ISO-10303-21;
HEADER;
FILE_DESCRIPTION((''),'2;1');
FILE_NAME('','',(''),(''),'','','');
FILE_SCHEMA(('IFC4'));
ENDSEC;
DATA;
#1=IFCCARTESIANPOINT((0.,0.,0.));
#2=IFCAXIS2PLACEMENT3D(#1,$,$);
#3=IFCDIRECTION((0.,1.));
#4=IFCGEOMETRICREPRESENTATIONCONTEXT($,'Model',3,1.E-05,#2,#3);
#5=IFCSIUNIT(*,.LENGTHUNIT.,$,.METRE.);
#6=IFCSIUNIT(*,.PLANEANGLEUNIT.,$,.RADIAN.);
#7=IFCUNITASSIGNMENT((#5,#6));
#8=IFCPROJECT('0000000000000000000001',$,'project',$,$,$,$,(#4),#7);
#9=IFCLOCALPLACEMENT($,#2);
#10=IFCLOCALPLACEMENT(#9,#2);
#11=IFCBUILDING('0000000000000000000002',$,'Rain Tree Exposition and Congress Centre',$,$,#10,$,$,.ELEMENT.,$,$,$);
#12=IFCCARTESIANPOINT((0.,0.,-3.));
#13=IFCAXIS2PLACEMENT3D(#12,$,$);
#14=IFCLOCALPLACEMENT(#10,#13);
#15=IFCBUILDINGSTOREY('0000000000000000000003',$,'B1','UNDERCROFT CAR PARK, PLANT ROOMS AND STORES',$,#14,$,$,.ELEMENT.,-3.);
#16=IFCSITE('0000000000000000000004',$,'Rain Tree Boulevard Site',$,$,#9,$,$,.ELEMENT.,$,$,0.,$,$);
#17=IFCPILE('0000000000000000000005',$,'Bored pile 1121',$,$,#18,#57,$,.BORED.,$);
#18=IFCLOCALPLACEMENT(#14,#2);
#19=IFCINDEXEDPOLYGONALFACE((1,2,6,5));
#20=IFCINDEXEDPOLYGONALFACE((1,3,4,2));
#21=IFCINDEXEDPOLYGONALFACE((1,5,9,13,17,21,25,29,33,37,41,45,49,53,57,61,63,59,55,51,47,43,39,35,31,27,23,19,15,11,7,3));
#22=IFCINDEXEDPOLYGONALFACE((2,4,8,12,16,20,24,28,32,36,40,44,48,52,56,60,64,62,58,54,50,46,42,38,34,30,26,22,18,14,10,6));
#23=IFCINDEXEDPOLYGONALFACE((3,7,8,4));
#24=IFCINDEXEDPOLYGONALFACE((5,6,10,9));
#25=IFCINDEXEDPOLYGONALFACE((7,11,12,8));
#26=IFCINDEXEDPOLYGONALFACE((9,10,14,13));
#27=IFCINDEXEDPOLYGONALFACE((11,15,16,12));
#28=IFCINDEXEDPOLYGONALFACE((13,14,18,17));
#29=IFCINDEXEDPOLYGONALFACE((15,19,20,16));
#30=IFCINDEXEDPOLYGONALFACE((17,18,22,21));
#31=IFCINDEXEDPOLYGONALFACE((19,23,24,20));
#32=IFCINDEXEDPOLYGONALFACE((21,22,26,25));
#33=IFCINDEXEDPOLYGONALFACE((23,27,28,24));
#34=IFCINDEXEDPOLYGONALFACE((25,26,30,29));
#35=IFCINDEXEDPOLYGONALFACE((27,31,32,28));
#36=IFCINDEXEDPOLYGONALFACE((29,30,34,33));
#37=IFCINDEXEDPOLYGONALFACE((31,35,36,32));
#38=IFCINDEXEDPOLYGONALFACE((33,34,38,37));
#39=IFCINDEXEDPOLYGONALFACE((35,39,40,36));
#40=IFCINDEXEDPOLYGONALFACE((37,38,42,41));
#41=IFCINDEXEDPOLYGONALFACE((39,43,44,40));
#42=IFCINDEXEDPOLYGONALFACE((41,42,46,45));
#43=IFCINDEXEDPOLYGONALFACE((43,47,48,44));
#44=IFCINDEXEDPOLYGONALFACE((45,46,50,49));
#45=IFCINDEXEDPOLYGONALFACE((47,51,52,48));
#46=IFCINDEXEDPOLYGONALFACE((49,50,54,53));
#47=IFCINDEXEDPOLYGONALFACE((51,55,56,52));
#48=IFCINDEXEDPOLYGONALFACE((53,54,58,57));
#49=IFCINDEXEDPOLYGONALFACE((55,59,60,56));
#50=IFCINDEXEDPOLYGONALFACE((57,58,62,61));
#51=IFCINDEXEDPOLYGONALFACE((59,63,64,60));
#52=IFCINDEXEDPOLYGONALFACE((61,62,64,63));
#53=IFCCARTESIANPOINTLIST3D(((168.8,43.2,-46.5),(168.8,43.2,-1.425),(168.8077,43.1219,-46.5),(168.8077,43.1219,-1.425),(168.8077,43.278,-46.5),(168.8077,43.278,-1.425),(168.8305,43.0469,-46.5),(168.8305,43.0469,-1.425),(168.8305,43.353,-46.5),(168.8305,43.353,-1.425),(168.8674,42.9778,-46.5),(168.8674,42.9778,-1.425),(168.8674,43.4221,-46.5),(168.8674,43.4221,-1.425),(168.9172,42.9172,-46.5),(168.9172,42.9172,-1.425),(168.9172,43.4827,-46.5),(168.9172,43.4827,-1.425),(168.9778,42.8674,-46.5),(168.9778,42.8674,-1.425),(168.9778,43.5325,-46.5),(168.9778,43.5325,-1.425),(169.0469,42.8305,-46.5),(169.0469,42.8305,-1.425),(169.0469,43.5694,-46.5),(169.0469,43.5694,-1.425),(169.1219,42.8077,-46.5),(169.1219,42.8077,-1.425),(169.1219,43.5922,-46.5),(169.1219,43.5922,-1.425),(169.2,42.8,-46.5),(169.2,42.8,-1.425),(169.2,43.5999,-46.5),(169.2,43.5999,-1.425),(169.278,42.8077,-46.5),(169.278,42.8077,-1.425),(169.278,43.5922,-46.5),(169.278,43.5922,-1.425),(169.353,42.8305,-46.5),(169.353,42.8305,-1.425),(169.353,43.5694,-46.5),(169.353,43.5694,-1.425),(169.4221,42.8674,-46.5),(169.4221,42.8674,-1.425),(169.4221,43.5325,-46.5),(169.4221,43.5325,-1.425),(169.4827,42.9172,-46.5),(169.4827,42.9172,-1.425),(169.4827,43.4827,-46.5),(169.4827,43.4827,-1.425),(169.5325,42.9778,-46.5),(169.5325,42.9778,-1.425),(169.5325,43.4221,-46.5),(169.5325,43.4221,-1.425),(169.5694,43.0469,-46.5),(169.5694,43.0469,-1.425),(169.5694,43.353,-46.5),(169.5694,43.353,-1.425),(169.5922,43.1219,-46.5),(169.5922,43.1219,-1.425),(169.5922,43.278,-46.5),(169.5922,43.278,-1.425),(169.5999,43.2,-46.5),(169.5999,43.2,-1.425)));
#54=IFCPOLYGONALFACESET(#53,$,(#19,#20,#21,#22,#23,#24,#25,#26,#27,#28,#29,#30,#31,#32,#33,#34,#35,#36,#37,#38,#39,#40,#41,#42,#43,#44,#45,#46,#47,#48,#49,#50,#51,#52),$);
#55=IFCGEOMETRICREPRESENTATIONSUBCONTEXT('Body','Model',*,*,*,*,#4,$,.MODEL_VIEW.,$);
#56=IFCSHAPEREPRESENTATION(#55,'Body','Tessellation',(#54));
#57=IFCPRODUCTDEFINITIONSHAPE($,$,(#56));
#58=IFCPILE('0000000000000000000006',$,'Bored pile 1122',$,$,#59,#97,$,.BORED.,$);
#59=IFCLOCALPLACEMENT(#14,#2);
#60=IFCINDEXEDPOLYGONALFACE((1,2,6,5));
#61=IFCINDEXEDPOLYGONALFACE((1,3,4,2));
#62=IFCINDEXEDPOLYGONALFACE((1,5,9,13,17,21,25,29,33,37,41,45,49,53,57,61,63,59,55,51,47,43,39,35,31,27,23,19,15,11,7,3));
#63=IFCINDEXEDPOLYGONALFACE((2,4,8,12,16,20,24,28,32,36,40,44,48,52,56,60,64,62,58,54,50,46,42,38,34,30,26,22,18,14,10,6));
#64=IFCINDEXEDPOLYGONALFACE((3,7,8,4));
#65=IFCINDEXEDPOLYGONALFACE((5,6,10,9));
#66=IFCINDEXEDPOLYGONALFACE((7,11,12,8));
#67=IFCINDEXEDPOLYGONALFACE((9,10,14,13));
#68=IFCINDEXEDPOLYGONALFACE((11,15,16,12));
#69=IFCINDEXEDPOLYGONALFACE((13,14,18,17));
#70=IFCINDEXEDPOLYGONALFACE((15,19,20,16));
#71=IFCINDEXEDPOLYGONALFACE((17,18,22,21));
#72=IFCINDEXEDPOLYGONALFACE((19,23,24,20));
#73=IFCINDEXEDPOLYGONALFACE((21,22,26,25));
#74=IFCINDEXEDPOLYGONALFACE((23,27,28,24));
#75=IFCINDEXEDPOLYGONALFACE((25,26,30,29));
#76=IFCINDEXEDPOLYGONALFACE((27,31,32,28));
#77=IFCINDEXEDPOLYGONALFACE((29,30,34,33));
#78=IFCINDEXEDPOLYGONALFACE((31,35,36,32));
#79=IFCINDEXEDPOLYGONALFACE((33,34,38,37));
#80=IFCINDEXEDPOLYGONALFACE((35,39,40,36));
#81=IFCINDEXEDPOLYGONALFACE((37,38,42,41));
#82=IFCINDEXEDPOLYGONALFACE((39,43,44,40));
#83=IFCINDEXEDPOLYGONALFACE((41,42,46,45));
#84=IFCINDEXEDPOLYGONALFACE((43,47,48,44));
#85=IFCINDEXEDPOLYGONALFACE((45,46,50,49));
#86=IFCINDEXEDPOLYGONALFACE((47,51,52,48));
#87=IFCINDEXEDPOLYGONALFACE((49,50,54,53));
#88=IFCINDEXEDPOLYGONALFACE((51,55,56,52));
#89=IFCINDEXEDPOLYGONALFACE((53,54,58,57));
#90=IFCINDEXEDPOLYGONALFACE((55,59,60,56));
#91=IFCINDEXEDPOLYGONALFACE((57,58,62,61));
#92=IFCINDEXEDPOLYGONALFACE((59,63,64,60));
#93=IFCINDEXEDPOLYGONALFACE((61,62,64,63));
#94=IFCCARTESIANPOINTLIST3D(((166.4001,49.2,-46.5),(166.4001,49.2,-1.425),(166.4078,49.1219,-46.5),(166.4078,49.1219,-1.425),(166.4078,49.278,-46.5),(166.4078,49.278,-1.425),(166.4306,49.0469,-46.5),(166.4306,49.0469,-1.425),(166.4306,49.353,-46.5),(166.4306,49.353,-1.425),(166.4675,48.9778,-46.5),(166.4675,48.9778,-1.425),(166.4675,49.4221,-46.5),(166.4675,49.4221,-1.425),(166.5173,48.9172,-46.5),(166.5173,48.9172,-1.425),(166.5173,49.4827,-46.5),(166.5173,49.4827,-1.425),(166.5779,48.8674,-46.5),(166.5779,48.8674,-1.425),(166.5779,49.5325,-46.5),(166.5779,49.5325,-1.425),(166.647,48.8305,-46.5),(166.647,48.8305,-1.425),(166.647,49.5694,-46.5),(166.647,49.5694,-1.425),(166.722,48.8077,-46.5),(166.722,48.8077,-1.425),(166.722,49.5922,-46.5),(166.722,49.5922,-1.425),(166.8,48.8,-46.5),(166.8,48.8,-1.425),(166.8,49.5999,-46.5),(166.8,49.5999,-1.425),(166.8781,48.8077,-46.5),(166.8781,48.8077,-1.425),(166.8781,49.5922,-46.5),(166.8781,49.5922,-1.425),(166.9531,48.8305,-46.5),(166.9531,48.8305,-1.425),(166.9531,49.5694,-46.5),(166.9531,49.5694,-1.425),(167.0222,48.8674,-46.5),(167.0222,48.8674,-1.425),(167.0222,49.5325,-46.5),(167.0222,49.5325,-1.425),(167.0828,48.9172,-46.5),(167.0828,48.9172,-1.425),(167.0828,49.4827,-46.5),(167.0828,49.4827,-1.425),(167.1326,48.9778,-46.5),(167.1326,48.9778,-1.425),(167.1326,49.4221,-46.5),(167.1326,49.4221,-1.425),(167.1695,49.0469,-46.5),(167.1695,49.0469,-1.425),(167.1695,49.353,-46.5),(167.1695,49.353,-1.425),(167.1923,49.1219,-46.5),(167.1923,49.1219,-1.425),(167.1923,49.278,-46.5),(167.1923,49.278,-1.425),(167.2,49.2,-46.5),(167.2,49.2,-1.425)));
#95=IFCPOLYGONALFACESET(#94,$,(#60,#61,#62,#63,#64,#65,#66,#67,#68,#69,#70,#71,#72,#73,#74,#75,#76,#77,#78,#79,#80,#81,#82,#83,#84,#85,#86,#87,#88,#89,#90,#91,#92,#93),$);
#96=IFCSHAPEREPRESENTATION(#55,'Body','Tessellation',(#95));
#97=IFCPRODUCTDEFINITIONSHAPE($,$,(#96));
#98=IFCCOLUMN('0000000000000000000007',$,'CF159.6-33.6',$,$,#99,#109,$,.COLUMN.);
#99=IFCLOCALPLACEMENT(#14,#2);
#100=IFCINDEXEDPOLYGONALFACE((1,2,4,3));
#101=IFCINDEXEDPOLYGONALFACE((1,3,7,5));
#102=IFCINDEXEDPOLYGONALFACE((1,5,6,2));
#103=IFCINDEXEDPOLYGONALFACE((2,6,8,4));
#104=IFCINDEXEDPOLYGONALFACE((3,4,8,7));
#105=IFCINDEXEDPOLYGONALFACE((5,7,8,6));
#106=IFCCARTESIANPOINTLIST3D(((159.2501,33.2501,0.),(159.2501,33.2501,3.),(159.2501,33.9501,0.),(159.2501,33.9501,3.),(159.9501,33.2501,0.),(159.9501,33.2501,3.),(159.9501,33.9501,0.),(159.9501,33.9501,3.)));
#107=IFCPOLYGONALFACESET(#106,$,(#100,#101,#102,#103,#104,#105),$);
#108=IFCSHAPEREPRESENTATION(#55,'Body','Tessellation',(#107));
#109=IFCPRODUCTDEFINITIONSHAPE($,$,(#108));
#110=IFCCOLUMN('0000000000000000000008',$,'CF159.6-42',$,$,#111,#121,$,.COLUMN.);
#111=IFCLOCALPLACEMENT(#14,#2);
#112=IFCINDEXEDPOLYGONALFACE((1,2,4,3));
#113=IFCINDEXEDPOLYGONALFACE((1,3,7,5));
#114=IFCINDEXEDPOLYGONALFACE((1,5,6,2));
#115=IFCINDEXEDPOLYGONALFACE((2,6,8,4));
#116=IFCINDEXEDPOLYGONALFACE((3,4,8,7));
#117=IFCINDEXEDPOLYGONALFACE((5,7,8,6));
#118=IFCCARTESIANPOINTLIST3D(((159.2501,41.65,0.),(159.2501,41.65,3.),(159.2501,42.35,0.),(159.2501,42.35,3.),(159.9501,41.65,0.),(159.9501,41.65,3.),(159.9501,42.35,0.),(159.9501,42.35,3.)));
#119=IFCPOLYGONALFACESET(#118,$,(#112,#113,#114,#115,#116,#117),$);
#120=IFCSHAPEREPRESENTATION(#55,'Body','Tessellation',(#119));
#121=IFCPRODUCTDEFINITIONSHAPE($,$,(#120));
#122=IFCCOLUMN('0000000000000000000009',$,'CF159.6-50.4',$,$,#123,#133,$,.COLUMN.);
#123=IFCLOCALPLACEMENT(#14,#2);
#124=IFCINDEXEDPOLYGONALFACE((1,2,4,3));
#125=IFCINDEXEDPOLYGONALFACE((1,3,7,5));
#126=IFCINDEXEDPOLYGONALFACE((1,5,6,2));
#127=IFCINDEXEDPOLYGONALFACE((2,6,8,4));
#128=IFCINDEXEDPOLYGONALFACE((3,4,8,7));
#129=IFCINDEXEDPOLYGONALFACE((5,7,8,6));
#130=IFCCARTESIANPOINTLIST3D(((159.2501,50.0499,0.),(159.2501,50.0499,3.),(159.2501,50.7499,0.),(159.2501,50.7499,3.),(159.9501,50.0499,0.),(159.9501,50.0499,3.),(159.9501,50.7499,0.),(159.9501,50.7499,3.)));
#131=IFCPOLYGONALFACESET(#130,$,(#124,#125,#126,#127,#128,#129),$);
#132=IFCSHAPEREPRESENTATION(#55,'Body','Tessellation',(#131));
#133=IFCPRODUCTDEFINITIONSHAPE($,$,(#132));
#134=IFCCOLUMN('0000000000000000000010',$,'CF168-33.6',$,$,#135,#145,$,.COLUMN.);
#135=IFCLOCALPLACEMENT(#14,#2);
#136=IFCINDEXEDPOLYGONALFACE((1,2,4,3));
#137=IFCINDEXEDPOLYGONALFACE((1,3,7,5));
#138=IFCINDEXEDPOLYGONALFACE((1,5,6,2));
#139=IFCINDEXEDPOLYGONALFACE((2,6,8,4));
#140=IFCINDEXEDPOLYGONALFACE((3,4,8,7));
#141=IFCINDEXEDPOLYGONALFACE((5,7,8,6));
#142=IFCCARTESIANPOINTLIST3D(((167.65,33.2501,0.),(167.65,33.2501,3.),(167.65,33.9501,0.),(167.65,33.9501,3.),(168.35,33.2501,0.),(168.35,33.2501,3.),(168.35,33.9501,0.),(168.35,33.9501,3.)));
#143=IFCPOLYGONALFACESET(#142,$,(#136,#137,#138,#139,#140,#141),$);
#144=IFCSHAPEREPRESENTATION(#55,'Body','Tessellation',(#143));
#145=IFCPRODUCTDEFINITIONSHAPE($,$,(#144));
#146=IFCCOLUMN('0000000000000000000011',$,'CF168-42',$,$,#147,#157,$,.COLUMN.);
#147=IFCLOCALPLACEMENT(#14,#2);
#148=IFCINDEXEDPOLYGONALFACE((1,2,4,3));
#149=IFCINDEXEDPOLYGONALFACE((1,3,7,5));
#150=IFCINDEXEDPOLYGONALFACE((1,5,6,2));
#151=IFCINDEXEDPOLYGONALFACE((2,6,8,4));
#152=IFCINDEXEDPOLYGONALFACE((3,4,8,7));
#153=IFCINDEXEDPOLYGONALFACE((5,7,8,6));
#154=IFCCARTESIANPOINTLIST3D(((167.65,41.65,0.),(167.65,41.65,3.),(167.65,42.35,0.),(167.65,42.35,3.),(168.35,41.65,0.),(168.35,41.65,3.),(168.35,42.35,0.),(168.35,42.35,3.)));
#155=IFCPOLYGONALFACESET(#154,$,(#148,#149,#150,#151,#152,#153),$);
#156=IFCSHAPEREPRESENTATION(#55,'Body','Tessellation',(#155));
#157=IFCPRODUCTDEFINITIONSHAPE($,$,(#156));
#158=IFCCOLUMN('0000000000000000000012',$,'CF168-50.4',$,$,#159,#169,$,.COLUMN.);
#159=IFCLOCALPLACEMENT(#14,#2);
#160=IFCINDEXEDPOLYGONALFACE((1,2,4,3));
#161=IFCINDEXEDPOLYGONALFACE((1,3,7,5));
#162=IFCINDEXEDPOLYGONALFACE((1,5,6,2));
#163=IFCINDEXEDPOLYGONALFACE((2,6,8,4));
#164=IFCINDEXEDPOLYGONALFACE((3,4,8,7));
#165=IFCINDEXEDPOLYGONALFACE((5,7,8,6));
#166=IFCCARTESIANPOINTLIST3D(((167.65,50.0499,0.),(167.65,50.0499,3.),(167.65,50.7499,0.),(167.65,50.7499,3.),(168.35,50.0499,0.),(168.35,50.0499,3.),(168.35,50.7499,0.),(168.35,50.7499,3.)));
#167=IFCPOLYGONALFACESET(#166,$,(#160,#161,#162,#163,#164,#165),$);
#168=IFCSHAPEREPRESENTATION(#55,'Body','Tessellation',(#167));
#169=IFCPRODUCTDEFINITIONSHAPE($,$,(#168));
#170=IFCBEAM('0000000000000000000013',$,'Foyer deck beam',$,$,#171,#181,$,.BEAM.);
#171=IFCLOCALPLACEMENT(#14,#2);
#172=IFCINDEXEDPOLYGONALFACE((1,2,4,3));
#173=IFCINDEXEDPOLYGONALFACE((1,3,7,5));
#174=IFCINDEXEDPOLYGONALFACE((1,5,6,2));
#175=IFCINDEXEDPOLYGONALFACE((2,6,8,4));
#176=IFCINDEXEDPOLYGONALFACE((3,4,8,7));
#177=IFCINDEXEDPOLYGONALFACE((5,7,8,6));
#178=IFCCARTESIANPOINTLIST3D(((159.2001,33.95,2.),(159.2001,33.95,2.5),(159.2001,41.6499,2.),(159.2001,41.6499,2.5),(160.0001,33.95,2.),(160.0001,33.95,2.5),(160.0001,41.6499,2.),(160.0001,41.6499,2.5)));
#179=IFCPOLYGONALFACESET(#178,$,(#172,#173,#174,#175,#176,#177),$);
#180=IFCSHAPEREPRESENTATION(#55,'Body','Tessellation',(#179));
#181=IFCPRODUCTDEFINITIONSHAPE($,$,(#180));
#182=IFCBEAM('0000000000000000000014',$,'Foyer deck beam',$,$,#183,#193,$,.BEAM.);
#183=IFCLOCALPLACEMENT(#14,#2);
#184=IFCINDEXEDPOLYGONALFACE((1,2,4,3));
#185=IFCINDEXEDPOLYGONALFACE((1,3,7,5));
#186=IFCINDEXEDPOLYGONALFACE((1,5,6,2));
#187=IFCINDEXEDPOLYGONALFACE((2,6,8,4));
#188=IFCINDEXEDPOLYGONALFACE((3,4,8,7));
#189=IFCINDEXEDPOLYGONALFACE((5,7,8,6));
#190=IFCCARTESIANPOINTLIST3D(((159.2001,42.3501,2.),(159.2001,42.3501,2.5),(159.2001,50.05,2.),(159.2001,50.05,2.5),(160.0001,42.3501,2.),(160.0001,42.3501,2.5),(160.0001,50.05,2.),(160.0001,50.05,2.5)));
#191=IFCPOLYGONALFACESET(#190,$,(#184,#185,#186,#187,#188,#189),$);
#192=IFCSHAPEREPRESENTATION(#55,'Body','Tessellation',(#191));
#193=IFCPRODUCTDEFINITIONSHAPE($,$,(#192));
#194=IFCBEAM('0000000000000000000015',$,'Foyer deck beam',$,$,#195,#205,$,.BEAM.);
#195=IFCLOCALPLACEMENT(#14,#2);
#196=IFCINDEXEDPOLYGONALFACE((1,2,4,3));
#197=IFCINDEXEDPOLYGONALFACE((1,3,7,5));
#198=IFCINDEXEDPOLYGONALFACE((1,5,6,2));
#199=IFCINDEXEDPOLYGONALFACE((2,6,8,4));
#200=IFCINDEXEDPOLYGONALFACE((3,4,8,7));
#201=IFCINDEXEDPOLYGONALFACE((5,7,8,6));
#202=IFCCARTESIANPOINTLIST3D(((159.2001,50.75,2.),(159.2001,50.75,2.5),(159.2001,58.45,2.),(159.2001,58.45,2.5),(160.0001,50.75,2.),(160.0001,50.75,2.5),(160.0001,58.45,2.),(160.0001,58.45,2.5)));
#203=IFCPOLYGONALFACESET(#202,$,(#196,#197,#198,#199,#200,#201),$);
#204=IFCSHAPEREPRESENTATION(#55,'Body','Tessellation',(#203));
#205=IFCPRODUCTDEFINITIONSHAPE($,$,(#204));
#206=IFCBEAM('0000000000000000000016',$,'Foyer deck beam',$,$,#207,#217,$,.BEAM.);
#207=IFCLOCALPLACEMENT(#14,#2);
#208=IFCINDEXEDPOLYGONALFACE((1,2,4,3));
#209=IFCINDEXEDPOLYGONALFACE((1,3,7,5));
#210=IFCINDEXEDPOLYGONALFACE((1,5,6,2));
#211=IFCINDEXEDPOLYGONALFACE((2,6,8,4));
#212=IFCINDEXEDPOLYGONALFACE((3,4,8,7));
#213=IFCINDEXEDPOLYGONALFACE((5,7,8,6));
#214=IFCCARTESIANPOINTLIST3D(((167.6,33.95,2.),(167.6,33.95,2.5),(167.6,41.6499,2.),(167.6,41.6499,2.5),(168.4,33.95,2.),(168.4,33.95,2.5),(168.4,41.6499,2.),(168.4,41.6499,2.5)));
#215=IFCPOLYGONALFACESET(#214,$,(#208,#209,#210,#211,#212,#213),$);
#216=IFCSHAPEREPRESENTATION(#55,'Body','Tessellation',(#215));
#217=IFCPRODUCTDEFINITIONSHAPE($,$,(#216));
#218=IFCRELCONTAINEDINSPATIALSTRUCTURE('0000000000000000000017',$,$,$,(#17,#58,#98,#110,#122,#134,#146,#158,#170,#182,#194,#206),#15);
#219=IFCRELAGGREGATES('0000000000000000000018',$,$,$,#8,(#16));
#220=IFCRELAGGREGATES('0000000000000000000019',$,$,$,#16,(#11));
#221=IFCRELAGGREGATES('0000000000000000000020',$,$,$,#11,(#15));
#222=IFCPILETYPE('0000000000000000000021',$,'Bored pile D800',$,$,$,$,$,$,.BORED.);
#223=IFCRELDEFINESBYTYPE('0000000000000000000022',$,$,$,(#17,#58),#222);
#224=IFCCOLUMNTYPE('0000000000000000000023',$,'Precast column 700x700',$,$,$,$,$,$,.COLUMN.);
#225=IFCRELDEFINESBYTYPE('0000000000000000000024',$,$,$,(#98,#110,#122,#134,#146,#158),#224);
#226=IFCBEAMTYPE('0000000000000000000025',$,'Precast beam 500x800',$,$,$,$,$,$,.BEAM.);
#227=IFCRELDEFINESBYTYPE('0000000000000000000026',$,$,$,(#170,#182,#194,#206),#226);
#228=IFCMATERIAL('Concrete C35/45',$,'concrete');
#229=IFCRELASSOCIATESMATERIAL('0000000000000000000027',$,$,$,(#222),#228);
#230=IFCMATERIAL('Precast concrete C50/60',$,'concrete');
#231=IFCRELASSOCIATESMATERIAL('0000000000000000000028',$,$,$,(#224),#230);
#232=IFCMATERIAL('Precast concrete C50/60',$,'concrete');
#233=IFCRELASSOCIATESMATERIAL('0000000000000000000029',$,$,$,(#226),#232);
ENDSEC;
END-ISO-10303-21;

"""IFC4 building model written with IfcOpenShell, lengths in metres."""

from ifc_helpers import new_model, si_unit, direction, frame, origin, origin_2d, place, context, subcontext, project, spatial, rectangle, circle, extrude, material, material_profile, profile_set, type_object, element, save


model = new_model("IFC4")

# Units and contexts
model_context = context("Model", 3, precision=1e-05, world=origin(), true_north=direction((0.0, 1.0)))
body_context = subcontext(model_context, "Body", "Model", "MODEL_VIEW")
ifc_project = project(units=[si_unit("LENGTHUNIT", "METRE"), si_unit("PLANEANGLEUNIT", "RADIAN")], contexts=[model_context])

# Site, building, storey
site_placement = place(None, origin())
site = spatial("IfcSite", under=ifc_project, at=site_placement, Name="Rain Tree Boulevard Site", CompositionType="ELEMENT", RefElevation=0.0)
building_placement = place(site_placement, origin())
building = spatial("IfcBuilding", under=site, at=building_placement, Name="Rain Tree Exposition and Congress Centre", CompositionType="ELEMENT")
storey_placement = place(building_placement, frame((0.0, 0.0, -3.0)))
storey = spatial("IfcBuildingStorey", under=building, at=storey_placement, Name="B1", Description="UNDERCROFT CAR PARK, PLANT ROOMS AND STORES", CompositionType="ELEMENT", Elevation=-3.0)

# Piles
ifc_material_1 = material(Name="Concrete C35/45", Category="concrete")
ifc_material_profile_1 = material_profile(ifc_material_1, circle(Radius=0.3999, at=origin_2d()), Name="D800")
ifc_profile_set_1 = profile_set([ifc_material_profile_1], Name="Concrete C35/45")
pile_type_1 = type_object("IfcPileType", Name="Bored pile D800", PredefinedType="BORED", material=ifc_profile_set_1)
for number, where, z_axis, x_axis, name in (
    (1, (169.2, 43.2, -1.425), (0.0, 0.0, -1.0), (1.0, 0.0, 0.0), "Bored pile 1121"),
    (2, (166.8, 49.2, -1.425), (0.0, 0.0, -1.0), (1.0, 0.0, 0.0), "Bored pile 1122"),
):
    element("IfcPile", number, at=place(storey_placement, frame(where, z_axis=z_axis, x_axis=x_axis)), inside=storey, type_object=pile_type_1, Name=name, PredefinedType="BORED", context=body_context, shape_type="SweptSolid", body=[
        extrude(circle(Radius=0.3999, at=origin_2d()), origin(), (0.0, 0.0, 1.0), 45.075),
    ])

# Columns
ifc_material_2 = material(Name="Precast concrete C50/60", Category="concrete")
ifc_material_profile_2 = material_profile(ifc_material_2, rectangle(XDim=0.7, YDim=0.7, at=origin_2d()), Name="RC 700x700")
ifc_profile_set_2 = profile_set([ifc_material_profile_2], Name="Precast concrete C50/60")
column_type = type_object("IfcColumnType", Name="Precast column 700x700", PredefinedType="COLUMN", material=ifc_profile_set_2)
for number, where, z_axis, x_axis, name in (
    (3, (159.6001, 33.6001, 0.0), (0.0, 0.0, 1.0), (1.0, 0.0, 0.0), "CF159.6-33.6"),
    (4, (159.6001, 42.0, 0.0), (0.0, 0.0, 1.0), (1.0, 0.0, 0.0), "CF159.6-42"),
    (5, (159.6001, 50.3999, 0.0), (0.0, 0.0, 1.0), (1.0, 0.0, 0.0), "CF159.6-50.4"),
    (6, (168.0, 33.6001, 0.0), (0.0, 0.0, 1.0), (1.0, 0.0, 0.0), "CF168-33.6"),
    (7, (168.0, 42.0, 0.0), (0.0, 0.0, 1.0), (1.0, 0.0, 0.0), "CF168-42"),
    (8, (168.0, 50.3999, 0.0), (0.0, 0.0, 1.0), (1.0, 0.0, 0.0), "CF168-50.4"),
):
    element("IfcColumn", number, at=place(storey_placement, frame(where, z_axis=z_axis, x_axis=x_axis)), inside=storey, type_object=column_type, Name=name, PredefinedType="COLUMN", context=body_context, shape_type="SweptSolid", body=[
        extrude(rectangle(XDim=0.7, YDim=0.7, at=origin_2d()), origin(), (0.0, 0.0, 1.0), 3.0),
    ])

# Beams
ifc_material_3 = material(Name="Precast concrete C50/60", Category="concrete")
ifc_material_profile_3 = material_profile(ifc_material_3, rectangle(XDim=0.5, YDim=0.8, at=origin_2d()), Name="RC 500x800")
ifc_profile_set_3 = profile_set([ifc_material_profile_3], Name="Precast concrete C50/60")
beam_type = type_object("IfcBeamType", Name="Precast beam 500x800", PredefinedType="BEAM", material=ifc_profile_set_3)
for number, where, z_axis, x_axis, name in (
    (9, (159.6001, 33.95, 2.25), (0.0, 1.0, 0.0), (0.0, 0.0, 1.0), "Foyer deck beam"),
    (10, (159.6001, 42.3501, 2.25), (0.0, 1.0, 0.0), (0.0, 0.0, 1.0), "Foyer deck beam"),
    (11, (159.6001, 50.75, 2.25), (0.0, 1.0, 0.0), (0.0, 0.0, 1.0), "Foyer deck beam"),
    (12, (168.0, 33.95, 2.25), (0.0, 1.0, 0.0), (0.0, 0.0, 1.0), "Foyer deck beam"),
):
    element("IfcBeam", number, at=place(storey_placement, frame(where, z_axis=z_axis, x_axis=x_axis)), inside=storey, type_object=beam_type, Name=name, PredefinedType="BEAM", context=body_context, shape_type="SweptSolid", body=[
        extrude(rectangle(XDim=0.5, YDim=0.8, at=origin_2d()), origin(), (0.0, 0.0, 1.0), 7.7),
    ])

save(model, "model.ifc")
